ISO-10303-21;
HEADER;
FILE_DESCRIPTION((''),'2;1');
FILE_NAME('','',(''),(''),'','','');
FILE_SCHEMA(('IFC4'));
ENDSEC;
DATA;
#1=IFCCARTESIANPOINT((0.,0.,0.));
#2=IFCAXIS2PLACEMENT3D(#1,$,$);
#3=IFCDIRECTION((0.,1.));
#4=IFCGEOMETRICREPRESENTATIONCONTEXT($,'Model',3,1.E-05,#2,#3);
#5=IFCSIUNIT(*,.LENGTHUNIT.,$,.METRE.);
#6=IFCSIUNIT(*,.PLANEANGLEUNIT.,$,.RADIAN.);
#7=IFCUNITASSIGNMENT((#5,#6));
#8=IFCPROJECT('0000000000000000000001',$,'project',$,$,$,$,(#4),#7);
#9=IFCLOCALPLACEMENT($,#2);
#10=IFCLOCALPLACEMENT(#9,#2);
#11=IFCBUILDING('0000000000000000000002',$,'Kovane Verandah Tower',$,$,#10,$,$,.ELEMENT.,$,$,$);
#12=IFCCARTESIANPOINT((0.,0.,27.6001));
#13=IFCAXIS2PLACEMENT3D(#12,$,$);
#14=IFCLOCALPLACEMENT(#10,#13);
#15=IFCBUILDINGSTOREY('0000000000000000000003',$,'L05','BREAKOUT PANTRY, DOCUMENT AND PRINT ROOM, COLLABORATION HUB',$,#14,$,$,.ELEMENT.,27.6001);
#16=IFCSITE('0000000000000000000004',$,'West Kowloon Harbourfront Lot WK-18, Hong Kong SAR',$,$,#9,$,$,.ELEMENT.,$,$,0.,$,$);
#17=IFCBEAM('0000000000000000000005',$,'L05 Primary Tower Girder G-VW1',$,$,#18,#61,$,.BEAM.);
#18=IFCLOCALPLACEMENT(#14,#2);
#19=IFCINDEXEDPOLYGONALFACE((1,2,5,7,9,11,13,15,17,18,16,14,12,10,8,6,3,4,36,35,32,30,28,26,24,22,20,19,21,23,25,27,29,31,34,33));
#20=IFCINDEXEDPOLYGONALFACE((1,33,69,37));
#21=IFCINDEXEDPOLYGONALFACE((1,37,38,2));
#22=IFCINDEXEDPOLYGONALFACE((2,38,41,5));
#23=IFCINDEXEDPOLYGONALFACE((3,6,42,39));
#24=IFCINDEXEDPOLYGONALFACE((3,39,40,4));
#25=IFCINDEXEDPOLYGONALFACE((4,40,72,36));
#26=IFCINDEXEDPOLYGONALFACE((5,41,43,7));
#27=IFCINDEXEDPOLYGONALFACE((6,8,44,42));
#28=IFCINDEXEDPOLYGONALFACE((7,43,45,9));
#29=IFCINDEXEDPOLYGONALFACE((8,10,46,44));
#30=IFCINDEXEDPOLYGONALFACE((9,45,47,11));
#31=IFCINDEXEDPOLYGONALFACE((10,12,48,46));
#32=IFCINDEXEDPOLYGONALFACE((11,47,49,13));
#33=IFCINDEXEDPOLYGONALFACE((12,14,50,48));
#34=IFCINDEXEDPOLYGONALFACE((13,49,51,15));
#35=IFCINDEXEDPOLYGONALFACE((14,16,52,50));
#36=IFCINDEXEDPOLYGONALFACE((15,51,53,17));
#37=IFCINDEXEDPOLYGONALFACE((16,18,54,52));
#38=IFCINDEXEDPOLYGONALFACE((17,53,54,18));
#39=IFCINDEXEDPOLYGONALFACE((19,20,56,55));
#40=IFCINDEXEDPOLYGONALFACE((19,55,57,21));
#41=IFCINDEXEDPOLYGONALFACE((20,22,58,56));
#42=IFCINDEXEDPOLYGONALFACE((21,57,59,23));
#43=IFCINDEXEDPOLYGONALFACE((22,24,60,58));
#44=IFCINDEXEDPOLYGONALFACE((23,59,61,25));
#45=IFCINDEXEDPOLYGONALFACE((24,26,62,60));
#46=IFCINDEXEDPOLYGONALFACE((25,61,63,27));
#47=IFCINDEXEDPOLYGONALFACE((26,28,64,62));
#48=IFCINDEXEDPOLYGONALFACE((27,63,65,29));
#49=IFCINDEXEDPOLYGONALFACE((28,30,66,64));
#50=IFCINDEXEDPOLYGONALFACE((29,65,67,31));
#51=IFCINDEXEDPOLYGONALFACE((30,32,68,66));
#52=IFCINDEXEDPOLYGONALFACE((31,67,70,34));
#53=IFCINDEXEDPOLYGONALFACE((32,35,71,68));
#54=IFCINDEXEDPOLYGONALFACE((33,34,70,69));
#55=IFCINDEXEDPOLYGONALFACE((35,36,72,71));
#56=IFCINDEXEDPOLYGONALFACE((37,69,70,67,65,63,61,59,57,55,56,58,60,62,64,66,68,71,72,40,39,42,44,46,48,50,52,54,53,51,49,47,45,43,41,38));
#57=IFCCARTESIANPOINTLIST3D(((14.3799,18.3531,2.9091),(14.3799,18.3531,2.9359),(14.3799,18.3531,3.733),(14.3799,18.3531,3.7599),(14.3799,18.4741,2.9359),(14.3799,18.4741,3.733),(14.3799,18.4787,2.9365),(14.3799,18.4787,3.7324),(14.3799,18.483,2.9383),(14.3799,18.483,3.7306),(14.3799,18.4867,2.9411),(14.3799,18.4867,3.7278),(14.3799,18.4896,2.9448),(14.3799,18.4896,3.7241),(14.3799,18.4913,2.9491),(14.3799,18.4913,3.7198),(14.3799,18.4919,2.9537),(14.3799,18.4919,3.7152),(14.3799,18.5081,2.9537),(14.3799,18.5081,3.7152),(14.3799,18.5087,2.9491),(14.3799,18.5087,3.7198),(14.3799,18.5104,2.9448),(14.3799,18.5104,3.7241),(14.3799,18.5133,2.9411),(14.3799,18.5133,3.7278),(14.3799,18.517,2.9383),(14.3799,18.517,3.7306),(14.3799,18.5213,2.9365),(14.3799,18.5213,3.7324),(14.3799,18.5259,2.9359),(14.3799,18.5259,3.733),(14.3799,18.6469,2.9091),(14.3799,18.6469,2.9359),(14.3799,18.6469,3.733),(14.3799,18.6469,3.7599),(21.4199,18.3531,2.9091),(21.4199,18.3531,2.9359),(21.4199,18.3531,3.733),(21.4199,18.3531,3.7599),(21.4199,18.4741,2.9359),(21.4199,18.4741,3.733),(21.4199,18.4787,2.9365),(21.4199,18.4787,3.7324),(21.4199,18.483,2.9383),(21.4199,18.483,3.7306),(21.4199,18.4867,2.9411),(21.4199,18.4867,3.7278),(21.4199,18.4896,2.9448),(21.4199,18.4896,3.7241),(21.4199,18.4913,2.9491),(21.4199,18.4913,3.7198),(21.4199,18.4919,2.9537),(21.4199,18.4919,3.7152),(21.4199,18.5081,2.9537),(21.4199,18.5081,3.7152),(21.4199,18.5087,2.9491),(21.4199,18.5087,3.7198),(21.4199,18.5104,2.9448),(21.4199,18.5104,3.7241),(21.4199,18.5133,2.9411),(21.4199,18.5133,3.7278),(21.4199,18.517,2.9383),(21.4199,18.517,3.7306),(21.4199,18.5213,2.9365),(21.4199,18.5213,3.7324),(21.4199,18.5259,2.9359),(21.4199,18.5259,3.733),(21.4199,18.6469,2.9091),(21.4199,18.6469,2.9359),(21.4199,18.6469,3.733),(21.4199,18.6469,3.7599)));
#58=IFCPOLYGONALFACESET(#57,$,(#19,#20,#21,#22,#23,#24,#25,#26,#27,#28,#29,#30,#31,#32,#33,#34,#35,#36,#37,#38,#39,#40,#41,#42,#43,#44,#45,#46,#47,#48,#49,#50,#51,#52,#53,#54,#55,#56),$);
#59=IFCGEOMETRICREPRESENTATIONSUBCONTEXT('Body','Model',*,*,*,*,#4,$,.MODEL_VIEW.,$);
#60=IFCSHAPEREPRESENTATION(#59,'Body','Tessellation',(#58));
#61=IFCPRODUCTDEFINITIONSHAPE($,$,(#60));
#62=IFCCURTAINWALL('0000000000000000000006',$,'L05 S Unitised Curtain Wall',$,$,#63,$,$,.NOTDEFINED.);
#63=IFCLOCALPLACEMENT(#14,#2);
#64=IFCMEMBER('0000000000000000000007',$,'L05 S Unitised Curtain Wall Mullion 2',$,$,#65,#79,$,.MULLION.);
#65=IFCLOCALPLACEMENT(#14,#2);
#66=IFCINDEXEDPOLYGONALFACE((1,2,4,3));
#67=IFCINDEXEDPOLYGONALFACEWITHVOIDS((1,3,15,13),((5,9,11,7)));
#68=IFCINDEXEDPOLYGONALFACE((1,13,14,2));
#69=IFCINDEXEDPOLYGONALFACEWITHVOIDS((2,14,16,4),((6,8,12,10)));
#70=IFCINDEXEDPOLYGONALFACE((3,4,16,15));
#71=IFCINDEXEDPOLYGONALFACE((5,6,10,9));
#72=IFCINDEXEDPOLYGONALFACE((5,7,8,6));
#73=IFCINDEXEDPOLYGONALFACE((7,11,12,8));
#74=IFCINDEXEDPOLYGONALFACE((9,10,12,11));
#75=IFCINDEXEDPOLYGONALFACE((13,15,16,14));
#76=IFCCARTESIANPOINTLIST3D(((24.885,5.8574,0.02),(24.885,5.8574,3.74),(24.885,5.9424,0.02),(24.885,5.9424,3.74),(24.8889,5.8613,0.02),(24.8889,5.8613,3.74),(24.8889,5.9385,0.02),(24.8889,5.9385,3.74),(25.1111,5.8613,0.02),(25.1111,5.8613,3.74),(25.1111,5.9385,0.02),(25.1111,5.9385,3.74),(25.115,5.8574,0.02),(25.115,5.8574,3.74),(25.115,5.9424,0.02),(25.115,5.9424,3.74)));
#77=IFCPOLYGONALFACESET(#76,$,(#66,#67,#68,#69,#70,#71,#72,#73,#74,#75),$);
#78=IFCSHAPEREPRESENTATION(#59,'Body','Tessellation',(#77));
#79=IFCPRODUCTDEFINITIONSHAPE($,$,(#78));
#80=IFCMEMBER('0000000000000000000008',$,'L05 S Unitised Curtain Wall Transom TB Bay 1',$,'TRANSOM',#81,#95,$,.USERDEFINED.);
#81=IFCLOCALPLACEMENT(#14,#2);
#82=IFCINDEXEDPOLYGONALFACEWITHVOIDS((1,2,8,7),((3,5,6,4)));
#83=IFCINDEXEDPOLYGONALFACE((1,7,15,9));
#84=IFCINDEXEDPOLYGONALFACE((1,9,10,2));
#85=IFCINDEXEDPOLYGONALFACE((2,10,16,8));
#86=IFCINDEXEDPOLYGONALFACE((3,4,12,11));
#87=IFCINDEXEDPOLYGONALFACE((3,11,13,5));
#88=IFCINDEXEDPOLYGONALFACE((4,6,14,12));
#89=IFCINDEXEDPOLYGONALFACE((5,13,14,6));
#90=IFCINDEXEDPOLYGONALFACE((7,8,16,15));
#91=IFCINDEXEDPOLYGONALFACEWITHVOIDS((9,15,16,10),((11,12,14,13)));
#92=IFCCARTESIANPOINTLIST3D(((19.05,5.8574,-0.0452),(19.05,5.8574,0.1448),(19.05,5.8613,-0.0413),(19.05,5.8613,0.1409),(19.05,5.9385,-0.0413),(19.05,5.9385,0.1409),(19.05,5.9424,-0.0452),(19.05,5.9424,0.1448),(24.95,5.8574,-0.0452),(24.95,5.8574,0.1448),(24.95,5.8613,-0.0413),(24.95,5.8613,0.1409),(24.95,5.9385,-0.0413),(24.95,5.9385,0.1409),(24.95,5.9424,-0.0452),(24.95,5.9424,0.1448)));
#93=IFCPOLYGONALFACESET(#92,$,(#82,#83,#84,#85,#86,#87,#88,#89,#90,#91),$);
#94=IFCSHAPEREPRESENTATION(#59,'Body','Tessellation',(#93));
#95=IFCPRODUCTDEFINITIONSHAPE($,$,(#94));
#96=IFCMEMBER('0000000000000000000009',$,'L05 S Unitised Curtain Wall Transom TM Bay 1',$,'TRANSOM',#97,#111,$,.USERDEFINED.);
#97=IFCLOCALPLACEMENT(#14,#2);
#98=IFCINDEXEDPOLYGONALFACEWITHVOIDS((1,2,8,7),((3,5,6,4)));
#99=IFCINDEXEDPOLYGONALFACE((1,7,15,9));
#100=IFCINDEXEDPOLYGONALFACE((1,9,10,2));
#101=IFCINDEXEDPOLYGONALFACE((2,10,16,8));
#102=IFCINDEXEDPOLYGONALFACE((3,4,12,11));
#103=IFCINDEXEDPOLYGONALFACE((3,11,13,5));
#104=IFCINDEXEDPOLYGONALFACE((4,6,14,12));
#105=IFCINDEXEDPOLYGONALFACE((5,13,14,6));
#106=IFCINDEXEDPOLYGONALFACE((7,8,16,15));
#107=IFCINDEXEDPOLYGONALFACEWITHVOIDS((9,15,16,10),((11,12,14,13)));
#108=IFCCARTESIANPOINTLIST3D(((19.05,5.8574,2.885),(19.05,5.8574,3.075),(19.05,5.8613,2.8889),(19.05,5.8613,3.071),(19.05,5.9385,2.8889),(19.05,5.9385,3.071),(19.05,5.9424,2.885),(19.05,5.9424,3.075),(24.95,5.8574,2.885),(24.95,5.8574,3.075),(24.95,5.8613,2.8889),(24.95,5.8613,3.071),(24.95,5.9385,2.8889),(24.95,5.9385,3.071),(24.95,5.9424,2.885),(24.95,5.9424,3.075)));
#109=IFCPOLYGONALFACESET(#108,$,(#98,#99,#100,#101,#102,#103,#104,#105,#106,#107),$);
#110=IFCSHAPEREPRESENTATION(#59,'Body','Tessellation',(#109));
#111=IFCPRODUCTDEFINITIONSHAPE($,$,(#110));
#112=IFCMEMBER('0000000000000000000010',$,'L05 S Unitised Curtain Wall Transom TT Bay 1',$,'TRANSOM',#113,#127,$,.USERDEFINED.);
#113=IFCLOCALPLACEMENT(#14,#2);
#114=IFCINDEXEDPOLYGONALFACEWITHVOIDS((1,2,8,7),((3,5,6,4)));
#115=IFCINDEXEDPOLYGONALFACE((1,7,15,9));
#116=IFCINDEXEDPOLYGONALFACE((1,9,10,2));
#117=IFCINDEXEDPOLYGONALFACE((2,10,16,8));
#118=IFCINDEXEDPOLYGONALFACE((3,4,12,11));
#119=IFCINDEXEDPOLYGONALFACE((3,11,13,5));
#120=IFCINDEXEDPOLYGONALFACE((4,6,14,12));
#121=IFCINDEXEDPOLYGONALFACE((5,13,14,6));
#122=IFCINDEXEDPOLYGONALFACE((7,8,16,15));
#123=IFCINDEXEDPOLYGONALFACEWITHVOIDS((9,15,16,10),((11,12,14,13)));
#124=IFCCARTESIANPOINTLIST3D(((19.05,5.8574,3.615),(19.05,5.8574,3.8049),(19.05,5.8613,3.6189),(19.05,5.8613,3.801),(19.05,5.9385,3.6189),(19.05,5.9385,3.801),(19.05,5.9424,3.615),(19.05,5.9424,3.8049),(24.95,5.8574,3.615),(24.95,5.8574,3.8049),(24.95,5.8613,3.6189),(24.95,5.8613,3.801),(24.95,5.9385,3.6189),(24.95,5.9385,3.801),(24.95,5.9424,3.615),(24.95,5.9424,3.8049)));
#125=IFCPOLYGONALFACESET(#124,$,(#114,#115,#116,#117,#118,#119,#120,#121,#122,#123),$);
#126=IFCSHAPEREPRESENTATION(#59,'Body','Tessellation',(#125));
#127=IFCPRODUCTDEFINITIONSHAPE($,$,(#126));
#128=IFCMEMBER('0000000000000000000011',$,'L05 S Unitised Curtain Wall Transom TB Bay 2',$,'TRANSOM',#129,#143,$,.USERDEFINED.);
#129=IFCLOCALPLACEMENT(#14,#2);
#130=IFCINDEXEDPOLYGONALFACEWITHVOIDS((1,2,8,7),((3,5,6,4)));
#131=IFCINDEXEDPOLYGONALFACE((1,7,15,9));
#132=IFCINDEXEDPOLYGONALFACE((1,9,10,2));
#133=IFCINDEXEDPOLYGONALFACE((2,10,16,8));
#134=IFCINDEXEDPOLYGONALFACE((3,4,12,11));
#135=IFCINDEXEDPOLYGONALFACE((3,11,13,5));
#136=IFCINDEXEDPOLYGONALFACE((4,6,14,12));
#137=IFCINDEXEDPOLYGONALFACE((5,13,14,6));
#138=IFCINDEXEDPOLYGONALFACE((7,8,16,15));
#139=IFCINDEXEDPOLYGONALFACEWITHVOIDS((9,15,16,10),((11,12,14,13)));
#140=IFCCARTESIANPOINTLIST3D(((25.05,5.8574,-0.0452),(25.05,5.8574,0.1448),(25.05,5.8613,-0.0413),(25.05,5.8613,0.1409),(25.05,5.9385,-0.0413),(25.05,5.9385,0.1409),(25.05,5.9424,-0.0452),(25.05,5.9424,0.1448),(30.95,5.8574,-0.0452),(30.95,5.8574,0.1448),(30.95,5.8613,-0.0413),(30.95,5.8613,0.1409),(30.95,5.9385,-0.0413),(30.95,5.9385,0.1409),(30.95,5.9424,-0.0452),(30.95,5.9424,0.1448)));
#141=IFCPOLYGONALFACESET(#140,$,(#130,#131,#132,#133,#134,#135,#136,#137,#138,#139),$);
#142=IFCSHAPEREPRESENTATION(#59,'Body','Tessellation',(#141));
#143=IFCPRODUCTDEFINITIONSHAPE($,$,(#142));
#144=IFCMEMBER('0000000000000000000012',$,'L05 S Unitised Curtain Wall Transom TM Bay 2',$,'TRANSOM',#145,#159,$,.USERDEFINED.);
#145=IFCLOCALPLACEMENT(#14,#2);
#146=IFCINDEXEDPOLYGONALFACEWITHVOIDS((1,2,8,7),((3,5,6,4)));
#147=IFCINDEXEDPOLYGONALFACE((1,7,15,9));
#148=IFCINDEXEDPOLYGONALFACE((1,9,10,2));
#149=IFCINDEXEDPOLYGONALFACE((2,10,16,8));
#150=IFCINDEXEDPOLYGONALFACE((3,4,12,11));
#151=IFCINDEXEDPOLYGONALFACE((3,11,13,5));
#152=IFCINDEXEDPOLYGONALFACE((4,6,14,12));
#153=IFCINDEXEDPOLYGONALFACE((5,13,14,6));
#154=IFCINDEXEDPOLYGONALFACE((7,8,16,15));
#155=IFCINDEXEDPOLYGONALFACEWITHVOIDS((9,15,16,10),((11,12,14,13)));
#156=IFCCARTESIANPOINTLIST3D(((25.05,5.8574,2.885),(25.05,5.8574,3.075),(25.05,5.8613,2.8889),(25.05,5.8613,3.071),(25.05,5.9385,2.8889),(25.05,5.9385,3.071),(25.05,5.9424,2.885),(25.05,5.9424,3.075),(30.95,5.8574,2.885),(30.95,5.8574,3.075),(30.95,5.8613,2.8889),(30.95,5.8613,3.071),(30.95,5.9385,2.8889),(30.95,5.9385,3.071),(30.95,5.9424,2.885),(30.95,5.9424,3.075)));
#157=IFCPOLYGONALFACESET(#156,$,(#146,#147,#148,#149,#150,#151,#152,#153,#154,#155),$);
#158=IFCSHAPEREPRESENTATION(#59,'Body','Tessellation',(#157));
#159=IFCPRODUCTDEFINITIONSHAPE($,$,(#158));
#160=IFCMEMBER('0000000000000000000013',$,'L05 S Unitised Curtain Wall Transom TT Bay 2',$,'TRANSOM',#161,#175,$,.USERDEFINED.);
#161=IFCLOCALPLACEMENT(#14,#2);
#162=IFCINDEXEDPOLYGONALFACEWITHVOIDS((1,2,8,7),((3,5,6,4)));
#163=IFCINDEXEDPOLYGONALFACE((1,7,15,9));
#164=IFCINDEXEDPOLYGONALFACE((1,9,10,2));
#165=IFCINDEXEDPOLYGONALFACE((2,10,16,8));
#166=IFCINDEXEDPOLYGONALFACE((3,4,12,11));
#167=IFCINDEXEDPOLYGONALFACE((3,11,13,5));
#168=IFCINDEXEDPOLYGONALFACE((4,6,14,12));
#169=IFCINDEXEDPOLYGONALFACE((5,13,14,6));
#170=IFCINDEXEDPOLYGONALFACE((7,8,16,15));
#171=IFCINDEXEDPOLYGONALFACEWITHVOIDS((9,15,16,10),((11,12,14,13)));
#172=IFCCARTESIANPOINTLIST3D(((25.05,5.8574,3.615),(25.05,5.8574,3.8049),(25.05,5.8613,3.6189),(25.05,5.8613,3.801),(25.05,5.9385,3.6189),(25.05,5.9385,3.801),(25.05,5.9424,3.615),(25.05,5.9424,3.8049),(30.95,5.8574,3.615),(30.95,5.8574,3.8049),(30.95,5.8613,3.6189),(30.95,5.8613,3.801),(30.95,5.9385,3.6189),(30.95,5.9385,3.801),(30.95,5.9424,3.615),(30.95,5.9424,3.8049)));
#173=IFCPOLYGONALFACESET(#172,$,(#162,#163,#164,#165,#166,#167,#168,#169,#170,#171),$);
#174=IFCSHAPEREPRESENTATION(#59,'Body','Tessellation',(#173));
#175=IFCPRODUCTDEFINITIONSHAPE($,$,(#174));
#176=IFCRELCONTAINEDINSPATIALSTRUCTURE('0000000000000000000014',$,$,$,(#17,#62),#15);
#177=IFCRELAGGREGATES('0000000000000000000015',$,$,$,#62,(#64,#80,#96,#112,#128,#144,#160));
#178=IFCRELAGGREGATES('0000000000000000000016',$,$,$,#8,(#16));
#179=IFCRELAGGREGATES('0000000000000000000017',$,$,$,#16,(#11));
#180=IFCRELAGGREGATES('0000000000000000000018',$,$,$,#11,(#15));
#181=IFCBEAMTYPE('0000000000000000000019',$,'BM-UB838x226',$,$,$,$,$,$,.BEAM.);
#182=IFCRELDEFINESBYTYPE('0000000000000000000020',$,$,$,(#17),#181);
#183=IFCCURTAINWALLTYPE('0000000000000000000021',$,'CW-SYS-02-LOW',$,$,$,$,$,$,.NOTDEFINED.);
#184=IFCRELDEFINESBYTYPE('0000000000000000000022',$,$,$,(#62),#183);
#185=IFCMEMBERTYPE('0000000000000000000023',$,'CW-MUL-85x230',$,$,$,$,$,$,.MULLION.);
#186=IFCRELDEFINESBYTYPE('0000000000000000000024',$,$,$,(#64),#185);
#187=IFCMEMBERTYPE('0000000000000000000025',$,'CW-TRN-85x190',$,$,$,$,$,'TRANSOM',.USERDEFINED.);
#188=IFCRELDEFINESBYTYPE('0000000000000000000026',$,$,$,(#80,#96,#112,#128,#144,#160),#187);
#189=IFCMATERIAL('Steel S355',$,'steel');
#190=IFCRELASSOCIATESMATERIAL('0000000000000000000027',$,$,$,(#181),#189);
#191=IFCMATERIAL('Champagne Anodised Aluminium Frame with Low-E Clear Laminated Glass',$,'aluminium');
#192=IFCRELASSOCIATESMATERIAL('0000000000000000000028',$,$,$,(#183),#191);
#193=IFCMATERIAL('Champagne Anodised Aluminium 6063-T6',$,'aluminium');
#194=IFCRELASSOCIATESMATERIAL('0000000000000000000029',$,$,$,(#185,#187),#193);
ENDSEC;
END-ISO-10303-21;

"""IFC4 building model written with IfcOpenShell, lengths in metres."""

from ifc_helpers import new_model, si_unit, direction, frame, origin, origin_2d, place, context, subcontext, project, spatial, hollow_rectangle, i_section, extrude, material, material_profile, profile_set, type_object, element, aggregate, save


model = new_model("IFC4")

# Units and contexts
model_context = context("Model", 3, precision=1e-05, world=origin(), true_north=direction((0.0, 1.0)))
body_context = subcontext(model_context, "Body", "Model", "MODEL_VIEW")
ifc_project = project(units=[si_unit("LENGTHUNIT", "METRE"), si_unit("PLANEANGLEUNIT", "RADIAN")], contexts=[model_context])

# Site, building, storey
site_placement = place(None, origin())
site = spatial("IfcSite", under=ifc_project, at=site_placement, Name="West Kowloon Harbourfront Lot WK-18, Hong Kong SAR", CompositionType="ELEMENT", RefElevation=0.0)
building_placement = place(site_placement, origin())
building = spatial("IfcBuilding", under=site, at=building_placement, Name="Kovane Verandah Tower", CompositionType="ELEMENT")
storey_placement = place(building_placement, frame((0.0, 0.0, 27.6001)))
storey = spatial("IfcBuildingStorey", under=building, at=storey_placement, Name="L05", Description="BREAKOUT PANTRY, DOCUMENT AND PRINT ROOM, COLLABORATION HUB", CompositionType="ELEMENT", Elevation=27.6001)

# Beam
ifc_material_1 = material(Name="Steel S355", Category="steel")
ifc_material_profile_1 = material_profile(ifc_material_1, i_section(OverallWidth=0.2937, OverallDepth=0.8508, WebThickness=0.0161, FlangeThickness=0.0269, FilletRadius=0.0178, at=origin_2d()), Name="UB838x292x226")
ifc_profile_set_1 = profile_set([ifc_material_profile_1], Name="Steel S355")
beam_type_1 = type_object("IfcBeamType", Name="BM-UB838x226", PredefinedType="BEAM", material=ifc_profile_set_1)
for number, where, z_axis, x_axis, name in (
    (1, (21.4199, 18.5, 3.3345), (-1.0, 0.0, 0.0), (0.0, -1.0, 0.0), "L05 Primary Tower Girder G-VW1"),
):
    element("IfcBeam", number, at=place(storey_placement, frame(where, z_axis=z_axis, x_axis=x_axis)), inside=storey, type_object=beam_type_1, Name=name, PredefinedType="BEAM", context=body_context, shape_type="SweptSolid", body=[
        extrude(i_section(OverallWidth=0.2937, OverallDepth=0.8508, WebThickness=0.0161, FlangeThickness=0.0269, FilletRadius=0.0178, at=origin_2d()), origin(), (0.0, 0.0, 1.0), 7.04),
    ])

# Curtain wall, members
ifc_material_2 = material(Name="Champagne Anodised Aluminium Frame with Low-E Clear Laminated Glass", Category="aluminium")
curtain_wall_type = type_object("IfcCurtainWallType", Name="CW-SYS-02-LOW", PredefinedType="NOTDEFINED", material=ifc_material_2)
curtain_wall_placement = place(storey_placement, origin())
curtain_wall = element("IfcCurtainWall", 2, at=curtain_wall_placement, inside=storey, type_object=curtain_wall_type, Name="L05 S Unitised Curtain Wall", PredefinedType="NOTDEFINED")
ifc_material_3 = material(Name="Champagne Anodised Aluminium 6063-T6", Category="aluminium")
ifc_material_profile_2 = material_profile(ifc_material_3, hollow_rectangle(XDim=0.085, YDim=0.23, WallThickness=0.0039, at=origin_2d()), Name="AL85x230x4")
ifc_profile_set_2 = profile_set([ifc_material_profile_2], Name="Champagne Anodised Aluminium 6063-T6")
member_type_1 = type_object("IfcMemberType", Name="CW-MUL-85x230", PredefinedType="MULLION", material=ifc_profile_set_2)
member_1_placement = place(storey_placement, frame((25.0, 5.8999, 0.02), z_axis=(0.0, 0.0, 1.0), x_axis=(0.0, -1.0, 0.0)))
member_1 = element("IfcMember", 3, at=member_1_placement, type_object=member_type_1, Name="L05 S Unitised Curtain Wall Mullion 2", PredefinedType="MULLION", context=body_context, shape_type="SweptSolid", body=[
    extrude(hollow_rectangle(XDim=0.085, YDim=0.23, WallThickness=0.0039, at=origin_2d()), origin(), (0.0, 0.0, 1.0), 3.72),
])
ifc_material_profile_3 = material_profile(ifc_material_3, hollow_rectangle(XDim=0.085, YDim=0.1899, WallThickness=0.0039, at=origin_2d()), Name="AL85x190x4")
ifc_profile_set_3 = profile_set([ifc_material_profile_3], Name="Champagne Anodised Aluminium 6063-T6")
member_type_2 = type_object("IfcMemberType", Name="CW-TRN-85x190", ElementType="TRANSOM", PredefinedType="USERDEFINED", material=ifc_profile_set_3)
member_2_placement = place(storey_placement, frame((19.05, 5.8999, 0.0498), z_axis=(1.0, 0.0, 0.0), x_axis=(0.0, 1.0, 0.0)))
member_2 = element("IfcMember", 4, at=member_2_placement, type_object=member_type_2, Name="L05 S Unitised Curtain Wall Transom TB Bay 1", ObjectType="TRANSOM", PredefinedType="USERDEFINED", context=body_context, shape_type="SweptSolid", body=[
    extrude(hollow_rectangle(XDim=0.085, YDim=0.1899, WallThickness=0.0039, at=origin_2d()), origin(), (0.0, 0.0, 1.0), 5.8999),
])
member_3_placement = place(storey_placement, frame((19.05, 5.8999, 2.98), z_axis=(1.0, 0.0, 0.0), x_axis=(0.0, 1.0, 0.0)))
member_3 = element("IfcMember", 5, at=member_3_placement, type_object=member_type_2, Name="L05 S Unitised Curtain Wall Transom TM Bay 1", ObjectType="TRANSOM", PredefinedType="USERDEFINED", context=body_context, shape_type="SweptSolid", body=[
    extrude(hollow_rectangle(XDim=0.085, YDim=0.1899, WallThickness=0.0039, at=origin_2d()), origin(), (0.0, 0.0, 1.0), 5.8999),
])
member_4_placement = place(storey_placement, frame((19.05, 5.8999, 3.71), z_axis=(1.0, 0.0, 0.0), x_axis=(0.0, 1.0, 0.0)))
member_4 = element("IfcMember", 6, at=member_4_placement, type_object=member_type_2, Name="L05 S Unitised Curtain Wall Transom TT Bay 1", ObjectType="TRANSOM", PredefinedType="USERDEFINED", context=body_context, shape_type="SweptSolid", body=[
    extrude(hollow_rectangle(XDim=0.085, YDim=0.1899, WallThickness=0.0039, at=origin_2d()), origin(), (0.0, 0.0, 1.0), 5.8999),
])
member_5_placement = place(storey_placement, frame((25.05, 5.8999, 0.0498), z_axis=(1.0, 0.0, 0.0), x_axis=(0.0, 1.0, 0.0)))
member_5 = element("IfcMember", 7, at=member_5_placement, type_object=member_type_2, Name="L05 S Unitised Curtain Wall Transom TB Bay 2", ObjectType="TRANSOM", PredefinedType="USERDEFINED", context=body_context, shape_type="SweptSolid", body=[
    extrude(hollow_rectangle(XDim=0.085, YDim=0.1899, WallThickness=0.0039, at=origin_2d()), origin(), (0.0, 0.0, 1.0), 5.8999),
])
member_6_placement = place(storey_placement, frame((25.05, 5.8999, 2.98), z_axis=(1.0, 0.0, 0.0), x_axis=(0.0, 1.0, 0.0)))
member_6 = element("IfcMember", 8, at=member_6_placement, type_object=member_type_2, Name="L05 S Unitised Curtain Wall Transom TM Bay 2", ObjectType="TRANSOM", PredefinedType="USERDEFINED", context=body_context, shape_type="SweptSolid", body=[
    extrude(hollow_rectangle(XDim=0.085, YDim=0.1899, WallThickness=0.0039, at=origin_2d()), origin(), (0.0, 0.0, 1.0), 5.8999),
])
member_7_placement = place(storey_placement, frame((25.05, 5.8999, 3.71), z_axis=(1.0, 0.0, 0.0), x_axis=(0.0, 1.0, 0.0)))
member_7 = element("IfcMember", 9, at=member_7_placement, type_object=member_type_2, Name="L05 S Unitised Curtain Wall Transom TT Bay 2", ObjectType="TRANSOM", PredefinedType="USERDEFINED", context=body_context, shape_type="SweptSolid", body=[
    extrude(hollow_rectangle(XDim=0.085, YDim=0.1899, WallThickness=0.0039, at=origin_2d()), origin(), (0.0, 0.0, 1.0), 5.8999),
])

aggregate(curtain_wall, [member_1, member_2, member_3, member_4, member_5, member_6, member_7])

save(model, "model.ifc")
